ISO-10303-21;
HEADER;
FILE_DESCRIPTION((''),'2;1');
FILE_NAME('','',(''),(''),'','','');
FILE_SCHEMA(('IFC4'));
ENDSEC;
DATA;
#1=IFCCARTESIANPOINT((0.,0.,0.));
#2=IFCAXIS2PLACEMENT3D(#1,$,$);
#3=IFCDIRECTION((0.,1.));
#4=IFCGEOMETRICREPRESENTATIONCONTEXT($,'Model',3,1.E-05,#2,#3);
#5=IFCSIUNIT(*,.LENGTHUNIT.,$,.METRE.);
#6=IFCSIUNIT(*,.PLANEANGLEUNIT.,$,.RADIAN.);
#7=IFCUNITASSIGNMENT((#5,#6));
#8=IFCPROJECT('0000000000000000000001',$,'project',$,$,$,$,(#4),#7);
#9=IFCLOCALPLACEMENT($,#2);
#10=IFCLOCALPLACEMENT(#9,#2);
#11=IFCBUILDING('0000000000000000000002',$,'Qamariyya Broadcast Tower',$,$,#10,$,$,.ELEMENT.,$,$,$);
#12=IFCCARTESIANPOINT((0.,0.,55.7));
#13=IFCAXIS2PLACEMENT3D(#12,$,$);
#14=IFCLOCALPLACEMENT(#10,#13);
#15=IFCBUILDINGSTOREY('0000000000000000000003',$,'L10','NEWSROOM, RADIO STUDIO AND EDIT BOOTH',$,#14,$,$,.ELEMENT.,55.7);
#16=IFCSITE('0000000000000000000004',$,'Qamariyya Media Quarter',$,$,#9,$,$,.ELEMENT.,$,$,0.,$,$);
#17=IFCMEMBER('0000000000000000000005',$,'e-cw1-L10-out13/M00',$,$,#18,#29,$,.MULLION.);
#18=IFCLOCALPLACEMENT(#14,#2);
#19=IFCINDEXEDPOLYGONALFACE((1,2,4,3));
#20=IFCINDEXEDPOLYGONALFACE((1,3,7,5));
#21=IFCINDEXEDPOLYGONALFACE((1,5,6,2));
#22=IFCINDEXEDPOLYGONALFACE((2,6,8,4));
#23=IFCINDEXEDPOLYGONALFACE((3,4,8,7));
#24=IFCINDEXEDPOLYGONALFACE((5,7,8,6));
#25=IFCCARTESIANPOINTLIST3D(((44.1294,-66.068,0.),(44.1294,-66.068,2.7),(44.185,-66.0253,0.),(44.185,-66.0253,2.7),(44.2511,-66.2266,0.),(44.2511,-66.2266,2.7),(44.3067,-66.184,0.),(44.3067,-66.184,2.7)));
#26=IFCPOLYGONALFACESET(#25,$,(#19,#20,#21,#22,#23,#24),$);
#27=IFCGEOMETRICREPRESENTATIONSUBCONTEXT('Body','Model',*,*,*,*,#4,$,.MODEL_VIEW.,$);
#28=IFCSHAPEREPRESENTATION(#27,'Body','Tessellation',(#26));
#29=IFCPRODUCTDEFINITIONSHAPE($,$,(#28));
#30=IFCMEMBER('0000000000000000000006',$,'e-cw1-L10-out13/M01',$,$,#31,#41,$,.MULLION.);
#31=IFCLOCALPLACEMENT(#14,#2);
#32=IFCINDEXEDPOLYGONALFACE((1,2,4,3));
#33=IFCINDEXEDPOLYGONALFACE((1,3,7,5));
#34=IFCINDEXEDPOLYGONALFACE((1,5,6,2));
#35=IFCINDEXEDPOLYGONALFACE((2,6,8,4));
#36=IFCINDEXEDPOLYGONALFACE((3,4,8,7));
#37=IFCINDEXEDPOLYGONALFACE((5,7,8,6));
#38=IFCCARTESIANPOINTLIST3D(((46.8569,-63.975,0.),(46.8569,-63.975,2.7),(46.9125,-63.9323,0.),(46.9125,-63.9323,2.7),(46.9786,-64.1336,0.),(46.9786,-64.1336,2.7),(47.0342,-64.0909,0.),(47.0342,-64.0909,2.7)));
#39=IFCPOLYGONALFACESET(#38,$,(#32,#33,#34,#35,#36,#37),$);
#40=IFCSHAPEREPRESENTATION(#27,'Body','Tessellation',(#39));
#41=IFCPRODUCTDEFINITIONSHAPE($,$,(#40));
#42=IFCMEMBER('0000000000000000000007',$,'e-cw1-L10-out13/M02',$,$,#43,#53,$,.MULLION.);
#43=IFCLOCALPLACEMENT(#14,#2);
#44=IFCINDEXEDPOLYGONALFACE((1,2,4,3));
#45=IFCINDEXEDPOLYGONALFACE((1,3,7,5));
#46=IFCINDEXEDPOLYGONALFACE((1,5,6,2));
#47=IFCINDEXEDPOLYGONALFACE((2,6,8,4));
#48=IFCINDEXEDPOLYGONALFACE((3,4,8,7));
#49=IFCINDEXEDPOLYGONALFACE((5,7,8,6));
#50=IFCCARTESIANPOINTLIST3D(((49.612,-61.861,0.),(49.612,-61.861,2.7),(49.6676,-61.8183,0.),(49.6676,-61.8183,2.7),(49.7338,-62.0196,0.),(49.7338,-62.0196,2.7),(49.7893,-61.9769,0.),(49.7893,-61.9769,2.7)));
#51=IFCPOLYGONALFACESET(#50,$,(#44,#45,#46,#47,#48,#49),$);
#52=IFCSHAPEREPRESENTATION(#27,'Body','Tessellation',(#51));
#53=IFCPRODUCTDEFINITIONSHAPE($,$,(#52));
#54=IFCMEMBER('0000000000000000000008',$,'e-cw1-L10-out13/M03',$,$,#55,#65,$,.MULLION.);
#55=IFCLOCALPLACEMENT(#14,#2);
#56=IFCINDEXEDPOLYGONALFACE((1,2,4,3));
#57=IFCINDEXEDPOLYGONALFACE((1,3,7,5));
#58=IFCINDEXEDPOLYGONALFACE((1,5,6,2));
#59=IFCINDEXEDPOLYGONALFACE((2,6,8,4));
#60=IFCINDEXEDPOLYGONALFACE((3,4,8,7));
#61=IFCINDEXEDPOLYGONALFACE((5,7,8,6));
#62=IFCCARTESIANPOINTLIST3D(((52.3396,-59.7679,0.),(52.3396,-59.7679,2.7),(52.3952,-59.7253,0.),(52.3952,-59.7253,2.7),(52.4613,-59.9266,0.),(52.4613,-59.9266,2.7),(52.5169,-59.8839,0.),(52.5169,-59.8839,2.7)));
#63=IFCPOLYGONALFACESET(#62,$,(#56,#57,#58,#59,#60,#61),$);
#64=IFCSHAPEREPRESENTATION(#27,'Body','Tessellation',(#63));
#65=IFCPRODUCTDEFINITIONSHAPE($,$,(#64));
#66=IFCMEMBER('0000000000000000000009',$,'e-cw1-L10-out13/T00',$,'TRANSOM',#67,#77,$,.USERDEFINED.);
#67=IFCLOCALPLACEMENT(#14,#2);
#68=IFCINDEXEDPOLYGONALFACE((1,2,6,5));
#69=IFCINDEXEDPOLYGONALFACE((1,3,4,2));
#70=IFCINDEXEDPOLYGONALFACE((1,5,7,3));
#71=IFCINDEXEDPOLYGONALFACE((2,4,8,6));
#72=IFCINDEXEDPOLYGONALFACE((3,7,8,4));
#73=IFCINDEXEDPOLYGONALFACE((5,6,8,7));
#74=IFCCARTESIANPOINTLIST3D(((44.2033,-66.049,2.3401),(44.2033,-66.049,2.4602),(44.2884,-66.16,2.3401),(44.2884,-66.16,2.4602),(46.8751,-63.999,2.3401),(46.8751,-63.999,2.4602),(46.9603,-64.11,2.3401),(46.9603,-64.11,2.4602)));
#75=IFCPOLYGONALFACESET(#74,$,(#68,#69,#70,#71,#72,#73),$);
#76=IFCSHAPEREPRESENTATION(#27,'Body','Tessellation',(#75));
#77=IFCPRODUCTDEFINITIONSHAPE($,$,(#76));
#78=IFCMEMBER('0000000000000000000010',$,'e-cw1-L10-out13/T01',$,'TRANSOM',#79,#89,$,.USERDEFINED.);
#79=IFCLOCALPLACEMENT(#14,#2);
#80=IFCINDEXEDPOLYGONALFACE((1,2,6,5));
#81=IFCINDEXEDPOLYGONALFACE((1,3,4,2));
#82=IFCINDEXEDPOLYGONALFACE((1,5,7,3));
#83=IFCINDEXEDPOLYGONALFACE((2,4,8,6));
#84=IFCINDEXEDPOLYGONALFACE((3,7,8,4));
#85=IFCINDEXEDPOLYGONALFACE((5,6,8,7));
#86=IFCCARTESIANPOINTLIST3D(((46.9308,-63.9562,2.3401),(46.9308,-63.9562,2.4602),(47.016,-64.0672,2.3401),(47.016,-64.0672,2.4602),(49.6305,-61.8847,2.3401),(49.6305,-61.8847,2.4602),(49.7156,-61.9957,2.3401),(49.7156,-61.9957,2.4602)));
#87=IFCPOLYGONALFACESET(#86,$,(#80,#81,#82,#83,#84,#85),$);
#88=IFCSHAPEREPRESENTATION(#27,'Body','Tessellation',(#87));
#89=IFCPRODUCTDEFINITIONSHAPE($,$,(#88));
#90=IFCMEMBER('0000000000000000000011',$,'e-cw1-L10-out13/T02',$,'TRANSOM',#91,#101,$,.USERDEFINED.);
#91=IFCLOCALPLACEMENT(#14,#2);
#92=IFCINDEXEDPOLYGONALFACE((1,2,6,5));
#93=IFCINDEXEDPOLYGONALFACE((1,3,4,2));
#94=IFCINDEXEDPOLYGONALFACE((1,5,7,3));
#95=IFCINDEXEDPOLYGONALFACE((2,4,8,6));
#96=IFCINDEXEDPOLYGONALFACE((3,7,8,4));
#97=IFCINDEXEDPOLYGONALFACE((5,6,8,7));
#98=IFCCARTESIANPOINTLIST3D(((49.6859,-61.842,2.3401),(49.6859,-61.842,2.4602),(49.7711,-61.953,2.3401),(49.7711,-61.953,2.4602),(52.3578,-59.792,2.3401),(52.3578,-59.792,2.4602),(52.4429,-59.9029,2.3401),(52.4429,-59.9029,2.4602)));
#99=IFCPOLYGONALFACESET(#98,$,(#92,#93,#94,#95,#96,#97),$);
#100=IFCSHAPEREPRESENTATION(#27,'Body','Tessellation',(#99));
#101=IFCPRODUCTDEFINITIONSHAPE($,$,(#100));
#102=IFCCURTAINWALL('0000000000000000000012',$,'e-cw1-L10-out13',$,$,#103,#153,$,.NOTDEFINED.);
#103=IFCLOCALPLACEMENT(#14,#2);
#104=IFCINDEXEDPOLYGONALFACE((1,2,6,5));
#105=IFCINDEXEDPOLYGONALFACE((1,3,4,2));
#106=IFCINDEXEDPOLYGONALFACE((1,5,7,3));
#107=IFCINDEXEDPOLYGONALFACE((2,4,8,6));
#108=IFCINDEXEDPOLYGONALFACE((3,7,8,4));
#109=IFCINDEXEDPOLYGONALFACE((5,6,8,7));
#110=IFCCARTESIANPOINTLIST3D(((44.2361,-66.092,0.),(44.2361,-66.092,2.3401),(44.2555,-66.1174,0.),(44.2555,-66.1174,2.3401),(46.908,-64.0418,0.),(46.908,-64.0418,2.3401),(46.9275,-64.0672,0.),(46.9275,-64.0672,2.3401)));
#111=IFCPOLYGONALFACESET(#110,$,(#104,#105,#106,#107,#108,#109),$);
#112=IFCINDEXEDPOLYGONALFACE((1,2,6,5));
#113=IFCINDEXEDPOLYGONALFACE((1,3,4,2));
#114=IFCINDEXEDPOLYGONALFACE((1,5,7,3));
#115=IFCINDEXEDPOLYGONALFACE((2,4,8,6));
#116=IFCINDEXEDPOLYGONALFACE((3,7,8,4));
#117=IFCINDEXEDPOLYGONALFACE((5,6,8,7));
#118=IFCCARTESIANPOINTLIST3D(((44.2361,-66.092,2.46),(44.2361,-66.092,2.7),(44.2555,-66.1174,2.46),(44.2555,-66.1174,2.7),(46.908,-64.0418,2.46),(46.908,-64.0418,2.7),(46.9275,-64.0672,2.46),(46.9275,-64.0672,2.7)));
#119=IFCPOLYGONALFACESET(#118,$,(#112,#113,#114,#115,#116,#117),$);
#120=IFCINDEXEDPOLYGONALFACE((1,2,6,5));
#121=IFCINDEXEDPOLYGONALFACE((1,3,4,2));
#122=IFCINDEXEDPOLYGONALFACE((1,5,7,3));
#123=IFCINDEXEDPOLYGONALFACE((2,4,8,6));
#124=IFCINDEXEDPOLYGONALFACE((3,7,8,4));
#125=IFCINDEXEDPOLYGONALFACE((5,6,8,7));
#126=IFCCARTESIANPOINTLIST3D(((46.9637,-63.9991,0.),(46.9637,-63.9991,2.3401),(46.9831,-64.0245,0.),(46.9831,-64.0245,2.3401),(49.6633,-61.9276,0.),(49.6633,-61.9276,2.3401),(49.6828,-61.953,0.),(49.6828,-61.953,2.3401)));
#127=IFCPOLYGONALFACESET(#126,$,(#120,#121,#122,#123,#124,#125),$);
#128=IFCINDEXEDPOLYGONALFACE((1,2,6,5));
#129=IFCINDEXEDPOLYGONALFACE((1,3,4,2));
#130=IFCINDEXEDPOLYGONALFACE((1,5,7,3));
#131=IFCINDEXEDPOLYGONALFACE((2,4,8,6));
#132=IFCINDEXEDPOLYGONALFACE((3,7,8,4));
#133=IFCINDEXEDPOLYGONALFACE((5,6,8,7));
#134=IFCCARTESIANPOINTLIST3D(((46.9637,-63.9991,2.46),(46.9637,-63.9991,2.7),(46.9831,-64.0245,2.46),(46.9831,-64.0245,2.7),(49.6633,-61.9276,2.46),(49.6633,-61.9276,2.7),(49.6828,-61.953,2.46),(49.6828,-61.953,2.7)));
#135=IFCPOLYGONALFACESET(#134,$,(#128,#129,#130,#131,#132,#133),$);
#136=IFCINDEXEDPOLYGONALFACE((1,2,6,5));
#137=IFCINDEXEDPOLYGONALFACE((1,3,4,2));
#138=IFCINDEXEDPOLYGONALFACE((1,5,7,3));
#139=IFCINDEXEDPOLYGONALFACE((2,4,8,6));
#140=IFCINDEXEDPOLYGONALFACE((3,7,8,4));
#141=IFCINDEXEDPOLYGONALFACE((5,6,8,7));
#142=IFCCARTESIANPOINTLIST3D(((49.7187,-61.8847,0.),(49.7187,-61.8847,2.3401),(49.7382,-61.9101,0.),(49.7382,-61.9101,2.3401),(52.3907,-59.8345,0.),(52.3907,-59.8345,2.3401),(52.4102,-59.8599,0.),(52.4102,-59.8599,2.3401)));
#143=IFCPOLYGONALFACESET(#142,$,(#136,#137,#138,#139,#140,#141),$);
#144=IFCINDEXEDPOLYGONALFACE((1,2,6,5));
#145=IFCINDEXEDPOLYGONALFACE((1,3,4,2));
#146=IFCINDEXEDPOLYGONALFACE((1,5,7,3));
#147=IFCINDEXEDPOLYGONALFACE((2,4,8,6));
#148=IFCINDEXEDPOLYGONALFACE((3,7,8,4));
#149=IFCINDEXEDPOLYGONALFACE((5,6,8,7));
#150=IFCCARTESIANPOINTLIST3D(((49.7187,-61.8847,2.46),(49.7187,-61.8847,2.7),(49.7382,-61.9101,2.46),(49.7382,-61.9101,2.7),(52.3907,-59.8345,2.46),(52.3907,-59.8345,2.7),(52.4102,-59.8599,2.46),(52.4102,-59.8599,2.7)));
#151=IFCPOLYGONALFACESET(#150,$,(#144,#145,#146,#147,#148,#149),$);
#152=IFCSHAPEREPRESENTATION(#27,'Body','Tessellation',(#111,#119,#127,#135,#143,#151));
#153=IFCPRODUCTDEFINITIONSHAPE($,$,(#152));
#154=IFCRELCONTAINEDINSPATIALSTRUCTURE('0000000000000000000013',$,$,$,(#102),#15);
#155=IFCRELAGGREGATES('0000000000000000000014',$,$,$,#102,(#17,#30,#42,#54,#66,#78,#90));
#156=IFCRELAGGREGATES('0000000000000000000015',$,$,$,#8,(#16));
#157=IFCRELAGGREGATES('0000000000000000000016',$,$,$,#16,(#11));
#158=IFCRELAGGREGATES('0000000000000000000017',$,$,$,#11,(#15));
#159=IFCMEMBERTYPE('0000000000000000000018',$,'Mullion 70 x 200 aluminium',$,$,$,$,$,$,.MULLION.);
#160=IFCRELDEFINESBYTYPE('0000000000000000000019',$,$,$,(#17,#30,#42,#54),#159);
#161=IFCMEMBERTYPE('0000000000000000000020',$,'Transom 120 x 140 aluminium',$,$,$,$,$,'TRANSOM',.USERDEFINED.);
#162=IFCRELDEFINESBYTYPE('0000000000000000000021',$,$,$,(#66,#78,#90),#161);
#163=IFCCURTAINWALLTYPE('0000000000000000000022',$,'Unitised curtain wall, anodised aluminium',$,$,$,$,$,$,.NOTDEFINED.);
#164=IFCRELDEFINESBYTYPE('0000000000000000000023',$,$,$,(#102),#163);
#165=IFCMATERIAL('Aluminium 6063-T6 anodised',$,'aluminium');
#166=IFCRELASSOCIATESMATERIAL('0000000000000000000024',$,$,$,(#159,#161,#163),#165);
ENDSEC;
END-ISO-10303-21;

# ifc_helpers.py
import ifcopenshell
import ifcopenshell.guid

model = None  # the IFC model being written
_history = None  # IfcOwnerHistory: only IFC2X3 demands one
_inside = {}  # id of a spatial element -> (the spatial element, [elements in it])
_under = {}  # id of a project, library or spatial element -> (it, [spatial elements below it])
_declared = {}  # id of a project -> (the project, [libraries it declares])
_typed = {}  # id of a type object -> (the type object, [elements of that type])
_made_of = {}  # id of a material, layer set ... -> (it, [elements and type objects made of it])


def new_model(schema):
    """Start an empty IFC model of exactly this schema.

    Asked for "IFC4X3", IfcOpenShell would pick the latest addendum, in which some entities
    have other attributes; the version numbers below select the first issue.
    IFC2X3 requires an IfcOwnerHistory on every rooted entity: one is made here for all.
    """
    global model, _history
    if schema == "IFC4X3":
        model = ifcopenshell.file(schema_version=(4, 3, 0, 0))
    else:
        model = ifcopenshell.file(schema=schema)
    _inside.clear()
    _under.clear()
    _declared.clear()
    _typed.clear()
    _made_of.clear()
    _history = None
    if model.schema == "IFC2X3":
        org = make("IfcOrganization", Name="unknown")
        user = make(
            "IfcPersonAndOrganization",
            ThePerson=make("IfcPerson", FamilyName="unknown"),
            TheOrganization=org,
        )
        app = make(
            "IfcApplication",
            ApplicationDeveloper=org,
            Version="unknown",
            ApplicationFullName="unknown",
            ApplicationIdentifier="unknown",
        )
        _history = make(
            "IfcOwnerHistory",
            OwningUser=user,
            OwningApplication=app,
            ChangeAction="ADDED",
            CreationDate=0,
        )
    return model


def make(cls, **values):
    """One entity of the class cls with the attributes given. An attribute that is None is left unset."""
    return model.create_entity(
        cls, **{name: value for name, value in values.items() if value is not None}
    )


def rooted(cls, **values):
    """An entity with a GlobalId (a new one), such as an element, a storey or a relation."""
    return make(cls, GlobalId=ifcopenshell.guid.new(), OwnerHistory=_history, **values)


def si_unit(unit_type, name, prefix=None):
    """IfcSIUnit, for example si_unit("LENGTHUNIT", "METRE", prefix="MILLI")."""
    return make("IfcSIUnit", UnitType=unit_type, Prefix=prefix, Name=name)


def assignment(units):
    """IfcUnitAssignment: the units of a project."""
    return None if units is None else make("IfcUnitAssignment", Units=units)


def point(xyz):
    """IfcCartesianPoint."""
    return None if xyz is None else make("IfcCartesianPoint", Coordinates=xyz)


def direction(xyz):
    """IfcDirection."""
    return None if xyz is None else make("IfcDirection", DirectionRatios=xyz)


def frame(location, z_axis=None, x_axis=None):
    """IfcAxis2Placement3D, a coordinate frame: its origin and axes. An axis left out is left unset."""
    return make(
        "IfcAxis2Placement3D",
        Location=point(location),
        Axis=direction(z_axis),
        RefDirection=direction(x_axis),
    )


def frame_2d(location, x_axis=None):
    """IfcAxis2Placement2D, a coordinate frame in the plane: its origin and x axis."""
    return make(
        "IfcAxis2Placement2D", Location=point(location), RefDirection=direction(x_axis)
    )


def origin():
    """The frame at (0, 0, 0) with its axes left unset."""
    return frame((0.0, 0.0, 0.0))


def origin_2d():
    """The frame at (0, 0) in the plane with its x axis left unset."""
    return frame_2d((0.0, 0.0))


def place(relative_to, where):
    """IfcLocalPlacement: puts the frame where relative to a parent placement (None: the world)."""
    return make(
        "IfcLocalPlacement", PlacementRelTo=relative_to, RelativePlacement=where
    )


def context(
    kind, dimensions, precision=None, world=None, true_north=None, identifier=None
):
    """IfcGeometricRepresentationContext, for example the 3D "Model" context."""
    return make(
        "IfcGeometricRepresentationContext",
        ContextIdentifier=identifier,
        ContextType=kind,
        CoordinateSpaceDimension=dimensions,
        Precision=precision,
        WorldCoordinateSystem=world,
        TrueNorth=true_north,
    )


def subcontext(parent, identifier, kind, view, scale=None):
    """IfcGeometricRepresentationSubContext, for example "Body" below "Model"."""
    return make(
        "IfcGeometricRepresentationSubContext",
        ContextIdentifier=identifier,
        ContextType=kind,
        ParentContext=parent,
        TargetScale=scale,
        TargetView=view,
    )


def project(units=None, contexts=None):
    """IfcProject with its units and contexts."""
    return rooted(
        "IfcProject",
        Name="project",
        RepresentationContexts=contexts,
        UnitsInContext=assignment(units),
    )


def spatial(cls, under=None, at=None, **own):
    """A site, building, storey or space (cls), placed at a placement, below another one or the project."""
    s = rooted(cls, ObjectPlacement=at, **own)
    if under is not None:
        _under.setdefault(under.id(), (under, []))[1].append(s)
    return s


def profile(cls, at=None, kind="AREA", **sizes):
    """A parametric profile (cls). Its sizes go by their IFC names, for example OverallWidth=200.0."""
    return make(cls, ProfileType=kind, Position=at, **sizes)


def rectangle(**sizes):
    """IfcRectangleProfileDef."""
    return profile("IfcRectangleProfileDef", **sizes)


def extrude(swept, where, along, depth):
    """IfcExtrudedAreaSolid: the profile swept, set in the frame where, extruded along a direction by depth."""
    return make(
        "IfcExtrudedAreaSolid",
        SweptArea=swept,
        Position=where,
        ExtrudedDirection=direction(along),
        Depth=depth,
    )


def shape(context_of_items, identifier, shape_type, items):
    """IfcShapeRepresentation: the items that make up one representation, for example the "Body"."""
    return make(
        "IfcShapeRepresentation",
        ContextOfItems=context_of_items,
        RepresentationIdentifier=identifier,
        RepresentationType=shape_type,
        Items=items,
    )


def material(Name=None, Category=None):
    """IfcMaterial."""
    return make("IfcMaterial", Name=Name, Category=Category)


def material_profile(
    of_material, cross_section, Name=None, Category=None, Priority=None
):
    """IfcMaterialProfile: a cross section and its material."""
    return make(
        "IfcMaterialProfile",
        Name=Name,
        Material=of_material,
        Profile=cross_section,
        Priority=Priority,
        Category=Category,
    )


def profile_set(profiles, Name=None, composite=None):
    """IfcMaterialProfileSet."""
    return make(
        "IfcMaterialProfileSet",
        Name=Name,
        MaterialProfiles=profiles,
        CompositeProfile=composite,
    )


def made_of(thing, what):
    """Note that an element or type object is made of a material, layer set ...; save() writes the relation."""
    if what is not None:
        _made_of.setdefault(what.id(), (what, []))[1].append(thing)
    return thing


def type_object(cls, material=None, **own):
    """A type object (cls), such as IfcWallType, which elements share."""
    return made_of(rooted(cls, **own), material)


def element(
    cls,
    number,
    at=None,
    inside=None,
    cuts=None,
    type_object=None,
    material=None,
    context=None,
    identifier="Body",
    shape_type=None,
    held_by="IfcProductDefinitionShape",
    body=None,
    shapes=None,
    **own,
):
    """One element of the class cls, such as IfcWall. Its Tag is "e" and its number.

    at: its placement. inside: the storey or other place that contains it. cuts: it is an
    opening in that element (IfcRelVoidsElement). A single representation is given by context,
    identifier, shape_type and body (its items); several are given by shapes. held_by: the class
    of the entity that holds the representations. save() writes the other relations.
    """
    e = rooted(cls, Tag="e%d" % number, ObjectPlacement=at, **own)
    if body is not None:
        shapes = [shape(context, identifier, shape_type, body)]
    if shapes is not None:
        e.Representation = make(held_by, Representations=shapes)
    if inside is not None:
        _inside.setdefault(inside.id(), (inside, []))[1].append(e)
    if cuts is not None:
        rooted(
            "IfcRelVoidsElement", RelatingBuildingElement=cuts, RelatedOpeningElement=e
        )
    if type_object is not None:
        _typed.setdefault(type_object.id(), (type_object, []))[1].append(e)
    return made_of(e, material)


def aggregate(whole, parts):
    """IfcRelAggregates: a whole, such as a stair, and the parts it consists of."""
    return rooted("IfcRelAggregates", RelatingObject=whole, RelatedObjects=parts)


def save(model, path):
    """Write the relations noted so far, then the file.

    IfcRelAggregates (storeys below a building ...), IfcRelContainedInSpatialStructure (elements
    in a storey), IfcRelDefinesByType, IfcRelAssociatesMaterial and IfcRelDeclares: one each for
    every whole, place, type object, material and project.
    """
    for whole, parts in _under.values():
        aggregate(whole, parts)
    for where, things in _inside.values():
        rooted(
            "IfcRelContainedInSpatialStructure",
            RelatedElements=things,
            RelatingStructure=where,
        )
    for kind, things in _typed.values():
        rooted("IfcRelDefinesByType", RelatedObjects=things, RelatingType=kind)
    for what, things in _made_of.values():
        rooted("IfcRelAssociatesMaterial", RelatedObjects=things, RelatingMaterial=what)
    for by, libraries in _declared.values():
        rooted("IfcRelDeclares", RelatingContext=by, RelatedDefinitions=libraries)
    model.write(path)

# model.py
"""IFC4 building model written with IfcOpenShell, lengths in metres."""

from ifc_helpers import new_model, si_unit, direction, frame, origin, origin_2d, place, context, subcontext, project, spatial, rectangle, extrude, material, material_profile, profile_set, type_object, element, aggregate, save


model = new_model("IFC4")

# Units and contexts
model_context = context("Model", 3, precision=1e-05, world=origin(), true_north=direction((0.0, 1.0)))
body_context = subcontext(model_context, "Body", "Model", "MODEL_VIEW")
ifc_project = project(units=[si_unit("LENGTHUNIT", "METRE"), si_unit("PLANEANGLEUNIT", "RADIAN")], contexts=[model_context])

# Members
ifc_material = material(Name="Aluminium 6063-T6 anodised", Category="aluminium")
ifc_material_profile_1 = material_profile(ifc_material, rectangle(XDim=0.2, YDim=0.0701, at=origin_2d()))
ifc_profile_set_1 = profile_set([ifc_material_profile_1], Name="Aluminium 6063-T6 anodised")
member_type_1 = type_object("IfcMemberType", Name="Mullion 70 x 200 aluminium", PredefinedType="MULLION", material=ifc_profile_set_1)
site_placement = place(None, origin())
building_placement = place(site_placement, origin())
storey_placement = place(building_placement, frame((0.0, 0.0, 55.7)))
member_1_placement = place(storey_placement, frame((44.218, -66.126, 0.0), z_axis=(0.0, 0.0, 1.0), x_axis=(-0.608761, 0.793353, 0.0)))
member_1 = element("IfcMember", 1, at=member_1_placement, type_object=member_type_1, Name="e-cw1-L10-out13/M00", PredefinedType="MULLION", context=body_context, shape_type="SweptSolid", body=[
    extrude(rectangle(XDim=0.2, YDim=0.0701, at=origin_2d()), origin(), (0.0, 0.0, 1.0), 2.7),
])
member_2_placement = place(storey_placement, frame((46.9456, -64.033, 0.0), z_axis=(0.0, 0.0, 1.0), x_axis=(-0.608761, 0.793353, 0.0)))
member_2 = element("IfcMember", 2, at=member_2_placement, type_object=member_type_1, Name="e-cw1-L10-out13/M01", PredefinedType="MULLION", context=body_context, shape_type="SweptSolid", body=[
    extrude(rectangle(XDim=0.2, YDim=0.0701, at=origin_2d()), origin(), (0.0, 0.0, 1.0), 2.7),
])
member_3_placement = place(storey_placement, frame((49.7007, -61.9189, 0.0), z_axis=(0.0, 0.0, 1.0), x_axis=(-0.608761, 0.793353, 0.0)))
member_3 = element("IfcMember", 3, at=member_3_placement, type_object=member_type_1, Name="e-cw1-L10-out13/M02", PredefinedType="MULLION", context=body_context, shape_type="SweptSolid", body=[
    extrude(rectangle(XDim=0.2, YDim=0.0701, at=origin_2d()), origin(), (0.0, 0.0, 1.0), 2.7),
])
member_4_placement = place(storey_placement, frame((52.4282, -59.8259, 0.0), z_axis=(0.0, 0.0, 1.0), x_axis=(-0.608761, 0.793353, 0.0)))
member_4 = element("IfcMember", 4, at=member_4_placement, type_object=member_type_1, Name="e-cw1-L10-out13/M03", PredefinedType="MULLION", context=body_context, shape_type="SweptSolid", body=[
    extrude(rectangle(XDim=0.2, YDim=0.0701, at=origin_2d()), origin(), (0.0, 0.0, 1.0), 2.7),
])
ifc_material_profile_2 = material_profile(ifc_material, rectangle(XDim=0.1399, YDim=0.1201, at=origin_2d()))
ifc_profile_set_2 = profile_set([ifc_material_profile_2], Name="Aluminium 6063-T6 anodised")
member_type_2 = type_object("IfcMemberType", Name="Transom 120 x 140 aluminium", ElementType="TRANSOM", PredefinedType="USERDEFINED", material=ifc_profile_set_2)
member_5_placement = place(storey_placement, frame((44.2458, -66.1045, 2.4001), z_axis=(0.793375, 0.608733, 0.0), x_axis=(-0.608733, 0.793375, 0.0)))
member_5 = element("IfcMember", 5, at=member_5_placement, type_object=member_type_2, Name="e-cw1-L10-out13/T00", ObjectType="TRANSOM", PredefinedType="USERDEFINED", context=body_context, shape_type="SweptSolid", body=[
    extrude(rectangle(XDim=0.1399, YDim=0.1201, at=origin_2d()), origin(), (0.0, 0.0, 1.0), 3.3677),
])
member_6_placement = place(storey_placement, frame((46.9734, -64.0117, 2.4001), z_axis=(0.793357, 0.608757, 0.0), x_axis=(-0.608757, 0.793357, 0.0)))
member_6 = element("IfcMember", 6, at=member_6_placement, type_object=member_type_2, Name="e-cw1-L10-out13/T01", ObjectType="TRANSOM", PredefinedType="USERDEFINED", context=body_context, shape_type="SweptSolid", body=[
    extrude(rectangle(XDim=0.1399, YDim=0.1201, at=origin_2d()), origin(), (0.0, 0.0, 1.0), 3.4028),
])
member_7_placement = place(storey_placement, frame((49.7285, -61.8975, 2.4001), z_axis=(0.793375, 0.608733, 0.0), x_axis=(-0.608733, 0.793375, 0.0)))
member_7 = element("IfcMember", 7, at=member_7_placement, type_object=member_type_2, Name="e-cw1-L10-out13/T02", ObjectType="TRANSOM", PredefinedType="USERDEFINED", context=body_context, shape_type="SweptSolid", body=[
    extrude(rectangle(XDim=0.1399, YDim=0.1201, at=origin_2d()), origin(), (0.0, 0.0, 1.0), 3.3677),
])

# Site, building, storey
site = spatial("IfcSite", under=ifc_project, at=site_placement, Name="Qamariyya Media Quarter", CompositionType="ELEMENT", RefElevation=0.0)
building = spatial("IfcBuilding", under=site, at=building_placement, Name="Qamariyya Broadcast Tower", CompositionType="ELEMENT")
storey = spatial("IfcBuildingStorey", under=building, at=storey_placement, Name="L10", Description="NEWSROOM, RADIO STUDIO AND EDIT BOOTH", CompositionType="ELEMENT", Elevation=55.7)

# Curtain wall
curtain_wall_type = type_object("IfcCurtainWallType", Name="Unitised curtain wall, anodised aluminium", PredefinedType="NOTDEFINED", material=ifc_material)
curtain_wall_1_placement = place(storey_placement, origin())
curtain_wall_1 = element("IfcCurtainWall", 8, at=curtain_wall_1_placement, inside=storey, type_object=curtain_wall_type, Name="e-cw1-L10-out13", PredefinedType="NOTDEFINED", context=body_context, shape_type="SweptSolid", body=[
    extrude(rectangle(XDim=3.3679, YDim=0.032, at=origin_2d()), frame((45.5818, -65.0796, 0.0), x_axis=(0.793358, 0.608756, 0.0)), (0.0, 0.0, 1.0), 2.3401),
    extrude(rectangle(XDim=3.3679, YDim=0.032, at=origin_2d()), frame((45.5818, -65.0796, 2.46), x_axis=(0.793358, 0.608756, 0.0)), (0.0, 0.0, 1.0), 0.24),
    extrude(rectangle(XDim=3.4028, YDim=0.032, at=origin_2d()), frame((48.3232, -62.9761, 0.0), x_axis=(0.793358, 0.608756, 0.0)), (0.0, 0.0, 1.0), 2.3401),
    extrude(rectangle(XDim=3.4028, YDim=0.032, at=origin_2d()), frame((48.3232, -62.9761, 2.46), x_axis=(0.793358, 0.608756, 0.0)), (0.0, 0.0, 1.0), 0.24),
    extrude(rectangle(XDim=3.3679, YDim=0.032, at=origin_2d()), frame((51.0645, -60.8723, 0.0), x_axis=(0.793358, 0.608756, 0.0)), (0.0, 0.0, 1.0), 2.3401),
    extrude(rectangle(XDim=3.3679, YDim=0.032, at=origin_2d()), frame((51.0645, -60.8723, 2.46), x_axis=(0.793358, 0.608756, 0.0)), (0.0, 0.0, 1.0), 0.24),
])
aggregate(curtain_wall_1, [member_1, member_2, member_3, member_4, member_5, member_6, member_7])

save(model, "model.ifc")
